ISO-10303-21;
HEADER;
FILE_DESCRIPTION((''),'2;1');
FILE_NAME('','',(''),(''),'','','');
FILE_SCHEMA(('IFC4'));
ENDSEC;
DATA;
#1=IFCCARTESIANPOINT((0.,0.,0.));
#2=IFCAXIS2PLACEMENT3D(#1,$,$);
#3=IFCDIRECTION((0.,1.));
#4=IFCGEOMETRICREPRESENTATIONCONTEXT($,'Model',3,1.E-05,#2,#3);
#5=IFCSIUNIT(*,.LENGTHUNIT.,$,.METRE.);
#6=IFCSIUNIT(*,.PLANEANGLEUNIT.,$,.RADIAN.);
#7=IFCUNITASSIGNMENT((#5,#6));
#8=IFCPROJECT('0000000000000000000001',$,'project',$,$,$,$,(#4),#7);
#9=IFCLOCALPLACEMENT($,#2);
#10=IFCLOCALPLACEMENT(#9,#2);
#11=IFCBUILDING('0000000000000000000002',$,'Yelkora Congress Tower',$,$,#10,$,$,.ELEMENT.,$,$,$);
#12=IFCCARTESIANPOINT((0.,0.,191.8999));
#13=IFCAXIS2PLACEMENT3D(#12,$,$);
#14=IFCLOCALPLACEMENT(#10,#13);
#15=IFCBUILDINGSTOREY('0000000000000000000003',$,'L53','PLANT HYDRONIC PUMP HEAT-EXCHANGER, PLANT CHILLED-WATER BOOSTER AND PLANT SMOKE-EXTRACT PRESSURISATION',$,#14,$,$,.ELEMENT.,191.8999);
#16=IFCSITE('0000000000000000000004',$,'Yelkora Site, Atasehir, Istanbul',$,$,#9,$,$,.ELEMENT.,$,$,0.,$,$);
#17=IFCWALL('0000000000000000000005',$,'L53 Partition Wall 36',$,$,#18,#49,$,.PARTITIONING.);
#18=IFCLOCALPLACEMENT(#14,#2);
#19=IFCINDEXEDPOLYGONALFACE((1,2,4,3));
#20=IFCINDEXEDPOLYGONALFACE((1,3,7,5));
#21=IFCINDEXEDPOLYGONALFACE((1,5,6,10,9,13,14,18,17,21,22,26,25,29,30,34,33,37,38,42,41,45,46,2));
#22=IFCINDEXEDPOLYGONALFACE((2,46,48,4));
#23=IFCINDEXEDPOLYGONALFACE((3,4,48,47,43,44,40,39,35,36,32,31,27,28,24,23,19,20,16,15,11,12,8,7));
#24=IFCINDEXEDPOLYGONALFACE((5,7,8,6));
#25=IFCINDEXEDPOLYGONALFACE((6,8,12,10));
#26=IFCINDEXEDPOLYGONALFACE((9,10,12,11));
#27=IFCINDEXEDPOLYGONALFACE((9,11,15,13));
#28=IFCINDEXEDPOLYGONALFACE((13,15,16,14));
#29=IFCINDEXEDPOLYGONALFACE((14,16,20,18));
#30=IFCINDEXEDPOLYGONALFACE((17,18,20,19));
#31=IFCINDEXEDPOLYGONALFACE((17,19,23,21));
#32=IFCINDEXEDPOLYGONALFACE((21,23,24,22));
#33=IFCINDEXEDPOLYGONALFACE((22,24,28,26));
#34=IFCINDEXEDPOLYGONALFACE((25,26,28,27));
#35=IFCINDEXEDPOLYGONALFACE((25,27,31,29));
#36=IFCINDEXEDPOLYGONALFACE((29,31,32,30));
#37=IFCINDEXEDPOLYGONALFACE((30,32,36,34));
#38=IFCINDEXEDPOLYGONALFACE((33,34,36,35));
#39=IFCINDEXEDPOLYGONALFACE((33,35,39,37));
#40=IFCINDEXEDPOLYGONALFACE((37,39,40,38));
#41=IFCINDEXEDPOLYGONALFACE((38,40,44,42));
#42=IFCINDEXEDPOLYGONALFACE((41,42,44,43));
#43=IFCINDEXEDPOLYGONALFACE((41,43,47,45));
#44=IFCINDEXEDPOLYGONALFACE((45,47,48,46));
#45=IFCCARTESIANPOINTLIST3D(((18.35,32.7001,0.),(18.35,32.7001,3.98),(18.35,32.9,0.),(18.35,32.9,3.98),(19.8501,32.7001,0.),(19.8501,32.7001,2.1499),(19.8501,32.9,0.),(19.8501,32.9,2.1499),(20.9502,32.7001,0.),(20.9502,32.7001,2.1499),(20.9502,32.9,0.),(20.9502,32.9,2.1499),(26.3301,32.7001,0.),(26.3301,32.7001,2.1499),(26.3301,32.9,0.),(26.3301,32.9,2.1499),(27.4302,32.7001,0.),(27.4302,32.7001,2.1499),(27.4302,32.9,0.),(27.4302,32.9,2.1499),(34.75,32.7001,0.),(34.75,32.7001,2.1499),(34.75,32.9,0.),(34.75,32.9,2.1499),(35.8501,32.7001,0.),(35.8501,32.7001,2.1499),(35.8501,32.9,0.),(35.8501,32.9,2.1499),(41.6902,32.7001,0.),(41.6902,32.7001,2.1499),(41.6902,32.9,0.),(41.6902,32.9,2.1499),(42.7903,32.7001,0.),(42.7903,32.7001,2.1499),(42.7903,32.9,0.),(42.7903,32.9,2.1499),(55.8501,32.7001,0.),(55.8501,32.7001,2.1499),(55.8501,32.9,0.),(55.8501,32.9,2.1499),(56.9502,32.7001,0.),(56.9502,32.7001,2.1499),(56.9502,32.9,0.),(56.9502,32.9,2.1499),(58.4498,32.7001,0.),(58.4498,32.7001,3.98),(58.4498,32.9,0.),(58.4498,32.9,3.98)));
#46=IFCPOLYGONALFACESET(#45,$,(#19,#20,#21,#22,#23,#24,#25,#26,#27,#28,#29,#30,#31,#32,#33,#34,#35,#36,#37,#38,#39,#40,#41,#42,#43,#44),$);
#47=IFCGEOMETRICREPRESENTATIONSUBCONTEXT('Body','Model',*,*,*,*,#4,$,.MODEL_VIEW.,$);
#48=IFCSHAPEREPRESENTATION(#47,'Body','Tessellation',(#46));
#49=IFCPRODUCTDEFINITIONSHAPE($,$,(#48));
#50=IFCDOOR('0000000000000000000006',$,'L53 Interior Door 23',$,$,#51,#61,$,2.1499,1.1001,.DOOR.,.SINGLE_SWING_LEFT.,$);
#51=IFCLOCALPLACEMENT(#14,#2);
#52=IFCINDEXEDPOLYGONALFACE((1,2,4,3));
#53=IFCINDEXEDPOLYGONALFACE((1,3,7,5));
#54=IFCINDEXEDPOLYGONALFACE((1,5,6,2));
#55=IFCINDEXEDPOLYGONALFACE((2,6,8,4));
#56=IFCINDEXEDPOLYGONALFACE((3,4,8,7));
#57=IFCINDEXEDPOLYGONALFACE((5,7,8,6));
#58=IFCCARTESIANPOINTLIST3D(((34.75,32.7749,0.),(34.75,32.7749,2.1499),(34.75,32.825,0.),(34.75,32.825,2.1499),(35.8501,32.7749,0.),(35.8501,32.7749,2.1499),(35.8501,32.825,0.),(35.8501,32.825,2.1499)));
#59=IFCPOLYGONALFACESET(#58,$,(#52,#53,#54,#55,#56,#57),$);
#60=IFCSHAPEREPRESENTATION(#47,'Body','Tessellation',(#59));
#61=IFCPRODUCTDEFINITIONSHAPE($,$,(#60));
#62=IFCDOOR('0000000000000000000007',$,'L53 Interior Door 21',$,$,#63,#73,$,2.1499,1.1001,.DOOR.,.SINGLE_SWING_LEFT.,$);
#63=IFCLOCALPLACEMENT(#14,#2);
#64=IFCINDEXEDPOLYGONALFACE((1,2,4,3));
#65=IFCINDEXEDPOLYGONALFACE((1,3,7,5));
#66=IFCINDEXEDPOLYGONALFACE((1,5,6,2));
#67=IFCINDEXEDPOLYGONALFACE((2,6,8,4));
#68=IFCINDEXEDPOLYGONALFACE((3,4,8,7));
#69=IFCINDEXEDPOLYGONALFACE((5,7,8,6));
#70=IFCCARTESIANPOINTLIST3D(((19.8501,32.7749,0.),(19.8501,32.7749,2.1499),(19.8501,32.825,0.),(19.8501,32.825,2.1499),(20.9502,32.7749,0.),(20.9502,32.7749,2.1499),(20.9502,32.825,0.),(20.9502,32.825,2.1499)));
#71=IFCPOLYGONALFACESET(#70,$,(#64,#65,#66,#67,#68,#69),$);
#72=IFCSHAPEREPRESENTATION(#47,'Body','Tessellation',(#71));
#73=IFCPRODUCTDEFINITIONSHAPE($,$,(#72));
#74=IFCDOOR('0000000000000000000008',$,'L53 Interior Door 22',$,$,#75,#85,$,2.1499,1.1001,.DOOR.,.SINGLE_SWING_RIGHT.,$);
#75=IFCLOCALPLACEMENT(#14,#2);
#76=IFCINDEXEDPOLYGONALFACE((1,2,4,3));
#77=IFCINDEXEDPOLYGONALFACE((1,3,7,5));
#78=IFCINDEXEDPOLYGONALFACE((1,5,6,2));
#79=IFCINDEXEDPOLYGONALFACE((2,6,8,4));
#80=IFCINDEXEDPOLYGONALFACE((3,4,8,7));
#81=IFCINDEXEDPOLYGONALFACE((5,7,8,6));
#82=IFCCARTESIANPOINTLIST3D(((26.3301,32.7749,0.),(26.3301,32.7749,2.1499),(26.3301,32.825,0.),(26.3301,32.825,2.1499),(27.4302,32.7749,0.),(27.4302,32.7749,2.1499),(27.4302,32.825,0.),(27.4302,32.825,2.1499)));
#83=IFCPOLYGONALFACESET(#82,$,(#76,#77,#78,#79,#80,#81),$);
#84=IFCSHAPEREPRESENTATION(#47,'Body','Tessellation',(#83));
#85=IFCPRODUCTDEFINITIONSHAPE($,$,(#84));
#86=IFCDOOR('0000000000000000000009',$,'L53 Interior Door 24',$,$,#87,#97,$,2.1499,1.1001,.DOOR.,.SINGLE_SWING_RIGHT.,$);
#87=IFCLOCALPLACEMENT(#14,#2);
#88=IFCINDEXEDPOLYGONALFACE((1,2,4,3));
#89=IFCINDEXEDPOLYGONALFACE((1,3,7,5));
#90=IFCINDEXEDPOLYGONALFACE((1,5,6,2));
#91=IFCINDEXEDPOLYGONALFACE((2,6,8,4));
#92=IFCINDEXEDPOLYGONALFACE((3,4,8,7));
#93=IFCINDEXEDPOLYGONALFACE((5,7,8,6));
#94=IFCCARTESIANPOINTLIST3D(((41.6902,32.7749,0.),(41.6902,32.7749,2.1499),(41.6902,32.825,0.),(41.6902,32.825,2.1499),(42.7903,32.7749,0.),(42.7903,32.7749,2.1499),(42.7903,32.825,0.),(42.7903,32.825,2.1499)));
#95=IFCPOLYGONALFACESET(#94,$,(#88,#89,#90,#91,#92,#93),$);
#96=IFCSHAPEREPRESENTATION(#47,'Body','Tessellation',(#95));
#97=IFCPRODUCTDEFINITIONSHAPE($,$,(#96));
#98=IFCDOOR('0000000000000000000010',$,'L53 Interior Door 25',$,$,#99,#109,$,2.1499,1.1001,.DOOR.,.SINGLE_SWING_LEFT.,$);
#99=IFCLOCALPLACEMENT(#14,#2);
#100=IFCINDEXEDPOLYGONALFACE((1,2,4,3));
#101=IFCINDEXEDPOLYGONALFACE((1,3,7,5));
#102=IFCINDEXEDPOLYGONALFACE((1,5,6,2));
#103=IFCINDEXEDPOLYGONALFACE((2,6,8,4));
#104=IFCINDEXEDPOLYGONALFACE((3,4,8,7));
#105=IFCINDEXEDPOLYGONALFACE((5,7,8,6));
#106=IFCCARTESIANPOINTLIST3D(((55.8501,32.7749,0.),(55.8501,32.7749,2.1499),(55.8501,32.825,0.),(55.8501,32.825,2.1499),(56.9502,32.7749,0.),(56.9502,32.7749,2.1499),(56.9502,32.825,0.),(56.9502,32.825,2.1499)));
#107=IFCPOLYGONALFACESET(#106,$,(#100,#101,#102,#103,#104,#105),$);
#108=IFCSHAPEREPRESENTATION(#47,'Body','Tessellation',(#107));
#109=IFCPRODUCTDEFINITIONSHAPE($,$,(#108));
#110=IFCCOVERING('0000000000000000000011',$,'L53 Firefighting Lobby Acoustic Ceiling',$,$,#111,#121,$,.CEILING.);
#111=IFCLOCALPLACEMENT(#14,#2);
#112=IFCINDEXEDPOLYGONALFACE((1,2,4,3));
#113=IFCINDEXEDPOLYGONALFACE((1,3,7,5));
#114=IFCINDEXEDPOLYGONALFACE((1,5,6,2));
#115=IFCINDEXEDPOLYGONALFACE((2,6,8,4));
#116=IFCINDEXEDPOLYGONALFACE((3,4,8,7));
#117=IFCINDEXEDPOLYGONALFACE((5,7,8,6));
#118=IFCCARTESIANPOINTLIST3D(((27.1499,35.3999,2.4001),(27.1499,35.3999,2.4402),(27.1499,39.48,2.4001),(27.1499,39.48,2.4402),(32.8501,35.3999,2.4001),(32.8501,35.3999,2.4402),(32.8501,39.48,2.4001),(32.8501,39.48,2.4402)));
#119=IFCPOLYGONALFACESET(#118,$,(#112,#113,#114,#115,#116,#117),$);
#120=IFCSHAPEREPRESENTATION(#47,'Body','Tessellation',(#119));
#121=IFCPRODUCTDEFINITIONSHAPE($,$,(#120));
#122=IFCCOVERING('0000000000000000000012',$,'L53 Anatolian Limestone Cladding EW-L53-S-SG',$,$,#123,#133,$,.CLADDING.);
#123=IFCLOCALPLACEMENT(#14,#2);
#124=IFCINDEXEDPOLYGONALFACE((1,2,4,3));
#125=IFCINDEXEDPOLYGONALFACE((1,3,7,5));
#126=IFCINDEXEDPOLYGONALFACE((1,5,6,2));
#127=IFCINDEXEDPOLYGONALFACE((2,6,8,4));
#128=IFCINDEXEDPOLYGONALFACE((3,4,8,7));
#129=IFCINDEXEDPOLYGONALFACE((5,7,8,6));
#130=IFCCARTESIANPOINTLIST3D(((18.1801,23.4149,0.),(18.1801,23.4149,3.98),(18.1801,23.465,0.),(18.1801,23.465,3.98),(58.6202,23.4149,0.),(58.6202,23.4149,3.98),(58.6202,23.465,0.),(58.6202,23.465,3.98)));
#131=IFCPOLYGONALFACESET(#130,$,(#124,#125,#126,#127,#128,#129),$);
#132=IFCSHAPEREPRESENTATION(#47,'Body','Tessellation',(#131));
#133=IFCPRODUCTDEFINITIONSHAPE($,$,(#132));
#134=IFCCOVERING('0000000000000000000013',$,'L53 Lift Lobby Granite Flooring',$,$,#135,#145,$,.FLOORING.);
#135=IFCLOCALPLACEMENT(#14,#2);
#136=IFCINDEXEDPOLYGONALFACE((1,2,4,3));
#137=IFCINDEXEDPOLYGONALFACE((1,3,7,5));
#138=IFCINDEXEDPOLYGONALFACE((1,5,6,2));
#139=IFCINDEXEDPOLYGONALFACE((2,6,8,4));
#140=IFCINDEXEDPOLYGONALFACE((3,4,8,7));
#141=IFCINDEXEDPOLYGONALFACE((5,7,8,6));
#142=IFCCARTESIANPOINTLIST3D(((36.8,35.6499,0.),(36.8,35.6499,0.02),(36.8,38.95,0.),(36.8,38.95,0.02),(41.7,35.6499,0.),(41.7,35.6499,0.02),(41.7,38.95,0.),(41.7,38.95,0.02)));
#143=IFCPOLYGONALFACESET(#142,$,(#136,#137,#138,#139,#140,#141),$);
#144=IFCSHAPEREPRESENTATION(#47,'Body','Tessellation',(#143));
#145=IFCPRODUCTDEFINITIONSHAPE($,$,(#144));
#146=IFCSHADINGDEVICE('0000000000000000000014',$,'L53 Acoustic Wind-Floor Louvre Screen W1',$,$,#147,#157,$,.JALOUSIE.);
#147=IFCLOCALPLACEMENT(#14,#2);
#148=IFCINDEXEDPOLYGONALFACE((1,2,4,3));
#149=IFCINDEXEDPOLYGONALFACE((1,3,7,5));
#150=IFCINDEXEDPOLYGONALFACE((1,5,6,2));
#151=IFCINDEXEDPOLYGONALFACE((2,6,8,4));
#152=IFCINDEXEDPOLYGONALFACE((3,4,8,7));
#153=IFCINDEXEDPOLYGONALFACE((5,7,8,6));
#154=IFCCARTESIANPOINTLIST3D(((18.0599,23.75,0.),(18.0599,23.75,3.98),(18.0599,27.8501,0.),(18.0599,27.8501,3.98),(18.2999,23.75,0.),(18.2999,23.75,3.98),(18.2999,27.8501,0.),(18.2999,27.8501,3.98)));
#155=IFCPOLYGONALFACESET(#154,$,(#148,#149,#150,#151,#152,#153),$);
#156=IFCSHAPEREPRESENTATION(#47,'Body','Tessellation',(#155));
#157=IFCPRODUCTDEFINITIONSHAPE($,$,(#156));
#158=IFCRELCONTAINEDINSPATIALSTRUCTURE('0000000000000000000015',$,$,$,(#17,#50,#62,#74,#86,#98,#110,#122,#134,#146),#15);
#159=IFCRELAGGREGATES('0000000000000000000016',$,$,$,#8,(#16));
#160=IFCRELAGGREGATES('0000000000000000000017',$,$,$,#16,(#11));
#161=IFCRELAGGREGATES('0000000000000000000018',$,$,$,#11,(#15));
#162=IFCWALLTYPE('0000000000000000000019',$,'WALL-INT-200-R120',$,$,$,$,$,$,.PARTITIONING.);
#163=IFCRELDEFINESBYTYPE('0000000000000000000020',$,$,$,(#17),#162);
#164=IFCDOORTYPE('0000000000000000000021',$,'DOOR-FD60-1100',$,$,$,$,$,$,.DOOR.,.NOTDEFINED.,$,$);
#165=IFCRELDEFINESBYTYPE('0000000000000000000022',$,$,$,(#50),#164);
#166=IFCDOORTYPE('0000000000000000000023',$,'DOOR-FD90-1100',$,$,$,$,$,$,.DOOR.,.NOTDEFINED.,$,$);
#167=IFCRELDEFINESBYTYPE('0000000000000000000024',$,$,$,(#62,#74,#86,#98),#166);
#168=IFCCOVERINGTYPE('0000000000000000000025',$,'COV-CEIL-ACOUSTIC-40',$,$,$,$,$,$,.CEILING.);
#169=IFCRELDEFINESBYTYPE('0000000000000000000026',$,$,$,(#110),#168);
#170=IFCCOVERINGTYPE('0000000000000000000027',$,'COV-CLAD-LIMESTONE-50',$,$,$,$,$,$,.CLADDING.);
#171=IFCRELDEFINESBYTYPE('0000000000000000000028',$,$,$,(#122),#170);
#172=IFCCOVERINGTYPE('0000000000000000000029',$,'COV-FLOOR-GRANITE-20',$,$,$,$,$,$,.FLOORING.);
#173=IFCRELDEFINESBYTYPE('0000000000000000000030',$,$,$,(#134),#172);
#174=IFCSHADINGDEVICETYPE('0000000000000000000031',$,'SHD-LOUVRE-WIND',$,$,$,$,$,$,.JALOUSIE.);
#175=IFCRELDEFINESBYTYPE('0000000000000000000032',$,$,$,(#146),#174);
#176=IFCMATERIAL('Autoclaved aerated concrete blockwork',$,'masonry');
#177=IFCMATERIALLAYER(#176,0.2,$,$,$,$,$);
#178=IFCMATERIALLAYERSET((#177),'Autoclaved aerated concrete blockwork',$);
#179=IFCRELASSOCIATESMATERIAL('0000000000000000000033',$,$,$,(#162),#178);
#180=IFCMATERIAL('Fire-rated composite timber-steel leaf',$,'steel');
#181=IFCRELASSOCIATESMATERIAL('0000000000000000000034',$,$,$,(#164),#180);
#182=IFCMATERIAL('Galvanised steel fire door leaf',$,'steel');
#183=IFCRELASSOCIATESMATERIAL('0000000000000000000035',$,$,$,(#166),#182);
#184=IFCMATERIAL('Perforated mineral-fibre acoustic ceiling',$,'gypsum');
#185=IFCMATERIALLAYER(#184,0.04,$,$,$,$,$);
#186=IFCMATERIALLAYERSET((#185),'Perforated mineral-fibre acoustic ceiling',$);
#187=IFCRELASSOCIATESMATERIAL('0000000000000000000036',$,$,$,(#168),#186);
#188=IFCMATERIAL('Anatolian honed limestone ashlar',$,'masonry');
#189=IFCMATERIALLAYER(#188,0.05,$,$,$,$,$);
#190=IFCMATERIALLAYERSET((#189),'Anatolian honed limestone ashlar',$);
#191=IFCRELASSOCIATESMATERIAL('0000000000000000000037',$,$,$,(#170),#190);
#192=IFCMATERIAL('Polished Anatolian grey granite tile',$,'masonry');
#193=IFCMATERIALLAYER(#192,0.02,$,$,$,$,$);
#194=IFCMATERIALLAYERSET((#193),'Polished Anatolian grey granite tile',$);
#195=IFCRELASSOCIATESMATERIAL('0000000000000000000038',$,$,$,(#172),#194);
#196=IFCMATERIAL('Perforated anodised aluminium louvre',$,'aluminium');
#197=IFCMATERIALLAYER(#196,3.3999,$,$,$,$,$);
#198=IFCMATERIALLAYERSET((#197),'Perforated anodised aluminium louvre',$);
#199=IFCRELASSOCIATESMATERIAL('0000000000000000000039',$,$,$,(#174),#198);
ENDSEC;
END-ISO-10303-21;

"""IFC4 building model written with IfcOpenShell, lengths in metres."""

from ifc_helpers import new_model, si_unit, direction, frame, frame_2d, origin, origin_2d, place, context, subcontext, project, spatial, polyline, rectangle, outline, extrude, material, layer, layer_set, type_object, element, fill, save


model = new_model("IFC4")

# Units and contexts
model_context = context("Model", 3, precision=1e-05, world=origin(), true_north=direction((0.0, 1.0)))
body_context = subcontext(model_context, "Body", "Model", "MODEL_VIEW")
ifc_project = project(units=[si_unit("LENGTHUNIT", "METRE"), si_unit("PLANEANGLEUNIT", "RADIAN")], contexts=[model_context])

# Site, building, storey
site_placement = place(None, origin())
site = spatial("IfcSite", under=ifc_project, at=site_placement, Name="Yelkora Site, Atasehir, Istanbul", CompositionType="ELEMENT", RefElevation=0.0)
building_placement = place(site_placement, origin())
building = spatial("IfcBuilding", under=site, at=building_placement, Name="Yelkora Congress Tower", CompositionType="ELEMENT")
storey_placement = place(building_placement, frame((0.0, 0.0, 191.8999)))
storey = spatial("IfcBuildingStorey", under=building, at=storey_placement, Name="L53", Description="PLANT HYDRONIC PUMP HEAT-EXCHANGER, PLANT CHILLED-WATER BOOSTER AND PLANT SMOKE-EXTRACT PRESSURISATION", CompositionType="ELEMENT", Elevation=191.8999)

# Shared definitions
ifc_material_1 = material(Name="Autoclaved aerated concrete blockwork", Category="masonry")
ifc_layer_1 = layer(ifc_material_1, 0.2)
ifc_layer_set_1 = layer_set([ifc_layer_1], Name="Autoclaved aerated concrete blockwork")
wall_type_1 = type_object("IfcWallType", Name="WALL-INT-200-R120", PredefinedType="PARTITIONING", material=ifc_layer_set_1)

# Wall, openings, doors
wall_1_placement = place(storey_placement, frame((18.3501, 32.8, 0.0), z_axis=(0.0, 0.0, 1.0), x_axis=(1.0, 0.0, 0.0)))
wall_1 = element("IfcWall", 1, at=wall_1_placement, inside=storey, type_object=wall_type_1, Name="L53 Partition Wall 36", PredefinedType="PARTITIONING", context=body_context, shape_type="SweptSolid", body=[
    extrude(rectangle(XDim=40.0999, YDim=0.2, at=frame_2d((20.0498, 0.0))), origin(), (0.0, 0.0, 1.0), 3.98),
])
opening_1_placement = place(wall_1_placement, frame((1.5, 0.0, 0.0)))
opening_1 = element("IfcOpeningElement", 2, at=opening_1_placement, cuts=wall_1, PredefinedType="OPENING", context=body_context, shape_type="SweptSolid", body=[
    extrude(rectangle(XDim=1.1001, YDim=2.1499, at=frame_2d((0.55, 1.075))), frame((0.0, 0.1099, 0.0), z_axis=(0.0, -1.0, 0.0), x_axis=(1.0, 0.0, 0.0)), (0.0, 0.0, 1.0), 0.22),
])
opening_2_placement = place(wall_1_placement, frame((7.98, 0.0, 0.0)))
opening_2 = element("IfcOpeningElement", 3, at=opening_2_placement, cuts=wall_1, PredefinedType="OPENING", context=body_context, shape_type="SweptSolid", body=[
    extrude(rectangle(XDim=1.1001, YDim=2.1499, at=frame_2d((0.55, 1.075))), frame((0.0, 0.1099, 0.0), z_axis=(0.0, -1.0, 0.0), x_axis=(1.0, 0.0, 0.0)), (0.0, 0.0, 1.0), 0.22),
])
opening_3_placement = place(wall_1_placement, frame((16.3999, 0.0, 0.0)))
opening_3 = element("IfcOpeningElement", 4, at=opening_3_placement, cuts=wall_1, PredefinedType="OPENING", context=body_context, shape_type="SweptSolid", body=[
    extrude(rectangle(XDim=1.1001, YDim=2.1499, at=frame_2d((0.55, 1.075))), frame((0.0, 0.1099, 0.0), z_axis=(0.0, -1.0, 0.0), x_axis=(1.0, 0.0, 0.0)), (0.0, 0.0, 1.0), 0.22),
])
opening_4_placement = place(wall_1_placement, frame((23.3401, 0.0, 0.0)))
opening_4 = element("IfcOpeningElement", 5, at=opening_4_placement, cuts=wall_1, PredefinedType="OPENING", context=body_context, shape_type="SweptSolid", body=[
    extrude(rectangle(XDim=1.1001, YDim=2.1499, at=frame_2d((0.55, 1.075))), frame((0.0, 0.1099, 0.0), z_axis=(0.0, -1.0, 0.0), x_axis=(1.0, 0.0, 0.0)), (0.0, 0.0, 1.0), 0.22),
])
opening_5_placement = place(wall_1_placement, frame((37.5, 0.0, 0.0)))
opening_5 = element("IfcOpeningElement", 6, at=opening_5_placement, cuts=wall_1, PredefinedType="OPENING", context=body_context, shape_type="SweptSolid", body=[
    extrude(rectangle(XDim=1.1001, YDim=2.1499, at=frame_2d((0.55, 1.075))), frame((0.0, 0.1099, 0.0), z_axis=(0.0, -1.0, 0.0), x_axis=(1.0, 0.0, 0.0)), (0.0, 0.0, 1.0), 0.22),
])
ifc_material_2 = material(Name="Fire-rated composite timber-steel leaf", Category="steel")
door_type_1 = type_object("IfcDoorType", Name="DOOR-FD60-1100", OperationType="NOTDEFINED", PredefinedType="DOOR", material=ifc_material_2)
door_1_placement = place(opening_3_placement, origin())
door_1 = element("IfcDoor", 7, at=door_1_placement, inside=storey, type_object=door_type_1, Name="L53 Interior Door 23", OperationType="SINGLE_SWING_LEFT", OverallHeight=2.1499, OverallWidth=1.1001, PredefinedType="DOOR", context=body_context, shape_type="SweptSolid", body=[
    extrude(rectangle(XDim=1.1001, YDim=2.1499, at=frame_2d((0.55, 1.075))), frame((0.0, 0.0249, 0.0), z_axis=(0.0, -1.0, 0.0), x_axis=(1.0, 0.0, 0.0)), (0.0, 0.0, 1.0), 0.05),
])
fill(opening_3, door_1)
ifc_material_3 = material(Name="Galvanised steel fire door leaf", Category="steel")
door_type_2 = type_object("IfcDoorType", Name="DOOR-FD90-1100", OperationType="NOTDEFINED", PredefinedType="DOOR", material=ifc_material_3)
door_2_placement = place(opening_1_placement, origin())
door_2 = element("IfcDoor", 8, at=door_2_placement, inside=storey, type_object=door_type_2, Name="L53 Interior Door 21", OperationType="SINGLE_SWING_LEFT", OverallHeight=2.1499, OverallWidth=1.1001, PredefinedType="DOOR", context=body_context, shape_type="SweptSolid", body=[
    extrude(rectangle(XDim=1.1001, YDim=2.1499, at=frame_2d((0.55, 1.075))), frame((0.0, 0.0249, 0.0), z_axis=(0.0, -1.0, 0.0), x_axis=(1.0, 0.0, 0.0)), (0.0, 0.0, 1.0), 0.05),
])
fill(opening_1, door_2)
door_3_placement = place(opening_2_placement, origin())
door_3 = element("IfcDoor", 9, at=door_3_placement, inside=storey, type_object=door_type_2, Name="L53 Interior Door 22", OperationType="SINGLE_SWING_RIGHT", OverallHeight=2.1499, OverallWidth=1.1001, PredefinedType="DOOR", context=body_context, shape_type="SweptSolid", body=[
    extrude(rectangle(XDim=1.1001, YDim=2.1499, at=frame_2d((0.55, 1.075))), frame((0.0, 0.0249, 0.0), z_axis=(0.0, -1.0, 0.0), x_axis=(1.0, 0.0, 0.0)), (0.0, 0.0, 1.0), 0.05),
])
fill(opening_2, door_3)
door_4_placement = place(opening_4_placement, origin())
door_4 = element("IfcDoor", 10, at=door_4_placement, inside=storey, type_object=door_type_2, Name="L53 Interior Door 24", OperationType="SINGLE_SWING_RIGHT", OverallHeight=2.1499, OverallWidth=1.1001, PredefinedType="DOOR", context=body_context, shape_type="SweptSolid", body=[
    extrude(rectangle(XDim=1.1001, YDim=2.1499, at=frame_2d((0.55, 1.075))), frame((0.0, 0.0249, 0.0), z_axis=(0.0, -1.0, 0.0), x_axis=(1.0, 0.0, 0.0)), (0.0, 0.0, 1.0), 0.05),
])
fill(opening_4, door_4)
door_5_placement = place(opening_5_placement, origin())
door_5 = element("IfcDoor", 11, at=door_5_placement, inside=storey, type_object=door_type_2, Name="L53 Interior Door 25", OperationType="SINGLE_SWING_LEFT", OverallHeight=2.1499, OverallWidth=1.1001, PredefinedType="DOOR", context=body_context, shape_type="SweptSolid", body=[
    extrude(rectangle(XDim=1.1001, YDim=2.1499, at=frame_2d((0.55, 1.075))), frame((0.0, 0.0249, 0.0), z_axis=(0.0, -1.0, 0.0), x_axis=(1.0, 0.0, 0.0)), (0.0, 0.0, 1.0), 0.05),
])
fill(opening_5, door_5)

# Coverings
ifc_material_4 = material(Name="Perforated mineral-fibre acoustic ceiling", Category="gypsum")
ifc_layer_2 = layer(ifc_material_4, 0.04)
ifc_layer_set_2 = layer_set([ifc_layer_2], Name="Perforated mineral-fibre acoustic ceiling")
covering_type_1 = type_object("IfcCoveringType", Name="COV-CEIL-ACOUSTIC-40", PredefinedType="CEILING", material=ifc_layer_set_2)
covering_1_placement = place(storey_placement, frame((0.0, 0.0, 2.4001)))
element("IfcCovering", 12, at=covering_1_placement, inside=storey, type_object=covering_type_1, Name="L53 Firefighting Lobby Acoustic Ceiling", PredefinedType="CEILING", context=body_context, shape_type="SweptSolid", body=[
    extrude(outline(polyline([(27.1499, 35.3999), (32.8501, 35.3999), (32.8501, 39.48), (27.1499, 39.48), (27.1499, 35.3999)])), origin(), (0.0, 0.0, 1.0), 0.04),
])
ifc_material_5 = material(Name="Anatolian honed limestone ashlar", Category="masonry")
ifc_layer_3 = layer(ifc_material_5, 0.05)
ifc_layer_set_3 = layer_set([ifc_layer_3], Name="Anatolian honed limestone ashlar")
covering_type_2 = type_object("IfcCoveringType", Name="COV-CLAD-LIMESTONE-50", PredefinedType="CLADDING", material=ifc_layer_set_3)
covering_2_placement = place(storey_placement, frame((18.1799, 23.4399, 0.0), z_axis=(0.0, 0.0, 1.0), x_axis=(1.0, 0.0, 0.0)))
element("IfcCovering", 13, at=covering_2_placement, inside=storey, type_object=covering_type_2, Name="L53 Anatolian Limestone Cladding EW-L53-S-SG", PredefinedType="CLADDING", context=body_context, shape_type="SweptSolid", body=[
    extrude(rectangle(XDim=40.4402, YDim=0.05, at=frame_2d((20.2202, 0.0))), origin(), (0.0, 0.0, 1.0), 3.98),
])
ifc_material_6 = material(Name="Polished Anatolian grey granite tile", Category="masonry")
ifc_layer_4 = layer(ifc_material_6, 0.02)
ifc_layer_set_4 = layer_set([ifc_layer_4], Name="Polished Anatolian grey granite tile")
covering_type_3 = type_object("IfcCoveringType", Name="COV-FLOOR-GRANITE-20", PredefinedType="FLOORING", material=ifc_layer_set_4)
covering_3_placement = place(storey_placement, origin())
element("IfcCovering", 14, at=covering_3_placement, inside=storey, type_object=covering_type_3, Name="L53 Lift Lobby Granite Flooring", PredefinedType="FLOORING", context=body_context, shape_type="SweptSolid", body=[
    extrude(outline(polyline([(36.8, 35.6499), (41.7, 35.6499), (41.7, 38.95), (36.8, 38.95), (36.8, 35.6499)])), origin(), (0.0, 0.0, 1.0), 0.02),
])

# Shading device
ifc_material_7 = material(Name="Perforated anodised aluminium louvre", Category="aluminium")
ifc_layer_5 = layer(ifc_material_7, 3.3999)
ifc_layer_set_5 = layer_set([ifc_layer_5], Name="Perforated anodised aluminium louvre")
shading_device_type = type_object("IfcShadingDeviceType", Name="SHD-LOUVRE-WIND", PredefinedType="JALOUSIE", material=ifc_layer_set_5)
for number, where, z_axis, x_axis, name in (
    (15, (18.1799, 25.8, 0.0), (0.0, 0.0, 1.0), (1.0, 0.0, 0.0), "L53 Acoustic Wind-Floor Louvre Screen W1"),
):
    element("IfcShadingDevice", number, at=place(storey_placement, frame(where, z_axis=z_axis, x_axis=x_axis)), inside=storey, type_object=shading_device_type, Name=name, PredefinedType="JALOUSIE", context=body_context, shape_type="SweptSolid", body=[
        extrude(rectangle(XDim=0.24, YDim=4.1001, at=origin_2d()), origin(), (0.0, 0.0, 1.0), 3.98),
    ])

save(model, "model.ifc")
